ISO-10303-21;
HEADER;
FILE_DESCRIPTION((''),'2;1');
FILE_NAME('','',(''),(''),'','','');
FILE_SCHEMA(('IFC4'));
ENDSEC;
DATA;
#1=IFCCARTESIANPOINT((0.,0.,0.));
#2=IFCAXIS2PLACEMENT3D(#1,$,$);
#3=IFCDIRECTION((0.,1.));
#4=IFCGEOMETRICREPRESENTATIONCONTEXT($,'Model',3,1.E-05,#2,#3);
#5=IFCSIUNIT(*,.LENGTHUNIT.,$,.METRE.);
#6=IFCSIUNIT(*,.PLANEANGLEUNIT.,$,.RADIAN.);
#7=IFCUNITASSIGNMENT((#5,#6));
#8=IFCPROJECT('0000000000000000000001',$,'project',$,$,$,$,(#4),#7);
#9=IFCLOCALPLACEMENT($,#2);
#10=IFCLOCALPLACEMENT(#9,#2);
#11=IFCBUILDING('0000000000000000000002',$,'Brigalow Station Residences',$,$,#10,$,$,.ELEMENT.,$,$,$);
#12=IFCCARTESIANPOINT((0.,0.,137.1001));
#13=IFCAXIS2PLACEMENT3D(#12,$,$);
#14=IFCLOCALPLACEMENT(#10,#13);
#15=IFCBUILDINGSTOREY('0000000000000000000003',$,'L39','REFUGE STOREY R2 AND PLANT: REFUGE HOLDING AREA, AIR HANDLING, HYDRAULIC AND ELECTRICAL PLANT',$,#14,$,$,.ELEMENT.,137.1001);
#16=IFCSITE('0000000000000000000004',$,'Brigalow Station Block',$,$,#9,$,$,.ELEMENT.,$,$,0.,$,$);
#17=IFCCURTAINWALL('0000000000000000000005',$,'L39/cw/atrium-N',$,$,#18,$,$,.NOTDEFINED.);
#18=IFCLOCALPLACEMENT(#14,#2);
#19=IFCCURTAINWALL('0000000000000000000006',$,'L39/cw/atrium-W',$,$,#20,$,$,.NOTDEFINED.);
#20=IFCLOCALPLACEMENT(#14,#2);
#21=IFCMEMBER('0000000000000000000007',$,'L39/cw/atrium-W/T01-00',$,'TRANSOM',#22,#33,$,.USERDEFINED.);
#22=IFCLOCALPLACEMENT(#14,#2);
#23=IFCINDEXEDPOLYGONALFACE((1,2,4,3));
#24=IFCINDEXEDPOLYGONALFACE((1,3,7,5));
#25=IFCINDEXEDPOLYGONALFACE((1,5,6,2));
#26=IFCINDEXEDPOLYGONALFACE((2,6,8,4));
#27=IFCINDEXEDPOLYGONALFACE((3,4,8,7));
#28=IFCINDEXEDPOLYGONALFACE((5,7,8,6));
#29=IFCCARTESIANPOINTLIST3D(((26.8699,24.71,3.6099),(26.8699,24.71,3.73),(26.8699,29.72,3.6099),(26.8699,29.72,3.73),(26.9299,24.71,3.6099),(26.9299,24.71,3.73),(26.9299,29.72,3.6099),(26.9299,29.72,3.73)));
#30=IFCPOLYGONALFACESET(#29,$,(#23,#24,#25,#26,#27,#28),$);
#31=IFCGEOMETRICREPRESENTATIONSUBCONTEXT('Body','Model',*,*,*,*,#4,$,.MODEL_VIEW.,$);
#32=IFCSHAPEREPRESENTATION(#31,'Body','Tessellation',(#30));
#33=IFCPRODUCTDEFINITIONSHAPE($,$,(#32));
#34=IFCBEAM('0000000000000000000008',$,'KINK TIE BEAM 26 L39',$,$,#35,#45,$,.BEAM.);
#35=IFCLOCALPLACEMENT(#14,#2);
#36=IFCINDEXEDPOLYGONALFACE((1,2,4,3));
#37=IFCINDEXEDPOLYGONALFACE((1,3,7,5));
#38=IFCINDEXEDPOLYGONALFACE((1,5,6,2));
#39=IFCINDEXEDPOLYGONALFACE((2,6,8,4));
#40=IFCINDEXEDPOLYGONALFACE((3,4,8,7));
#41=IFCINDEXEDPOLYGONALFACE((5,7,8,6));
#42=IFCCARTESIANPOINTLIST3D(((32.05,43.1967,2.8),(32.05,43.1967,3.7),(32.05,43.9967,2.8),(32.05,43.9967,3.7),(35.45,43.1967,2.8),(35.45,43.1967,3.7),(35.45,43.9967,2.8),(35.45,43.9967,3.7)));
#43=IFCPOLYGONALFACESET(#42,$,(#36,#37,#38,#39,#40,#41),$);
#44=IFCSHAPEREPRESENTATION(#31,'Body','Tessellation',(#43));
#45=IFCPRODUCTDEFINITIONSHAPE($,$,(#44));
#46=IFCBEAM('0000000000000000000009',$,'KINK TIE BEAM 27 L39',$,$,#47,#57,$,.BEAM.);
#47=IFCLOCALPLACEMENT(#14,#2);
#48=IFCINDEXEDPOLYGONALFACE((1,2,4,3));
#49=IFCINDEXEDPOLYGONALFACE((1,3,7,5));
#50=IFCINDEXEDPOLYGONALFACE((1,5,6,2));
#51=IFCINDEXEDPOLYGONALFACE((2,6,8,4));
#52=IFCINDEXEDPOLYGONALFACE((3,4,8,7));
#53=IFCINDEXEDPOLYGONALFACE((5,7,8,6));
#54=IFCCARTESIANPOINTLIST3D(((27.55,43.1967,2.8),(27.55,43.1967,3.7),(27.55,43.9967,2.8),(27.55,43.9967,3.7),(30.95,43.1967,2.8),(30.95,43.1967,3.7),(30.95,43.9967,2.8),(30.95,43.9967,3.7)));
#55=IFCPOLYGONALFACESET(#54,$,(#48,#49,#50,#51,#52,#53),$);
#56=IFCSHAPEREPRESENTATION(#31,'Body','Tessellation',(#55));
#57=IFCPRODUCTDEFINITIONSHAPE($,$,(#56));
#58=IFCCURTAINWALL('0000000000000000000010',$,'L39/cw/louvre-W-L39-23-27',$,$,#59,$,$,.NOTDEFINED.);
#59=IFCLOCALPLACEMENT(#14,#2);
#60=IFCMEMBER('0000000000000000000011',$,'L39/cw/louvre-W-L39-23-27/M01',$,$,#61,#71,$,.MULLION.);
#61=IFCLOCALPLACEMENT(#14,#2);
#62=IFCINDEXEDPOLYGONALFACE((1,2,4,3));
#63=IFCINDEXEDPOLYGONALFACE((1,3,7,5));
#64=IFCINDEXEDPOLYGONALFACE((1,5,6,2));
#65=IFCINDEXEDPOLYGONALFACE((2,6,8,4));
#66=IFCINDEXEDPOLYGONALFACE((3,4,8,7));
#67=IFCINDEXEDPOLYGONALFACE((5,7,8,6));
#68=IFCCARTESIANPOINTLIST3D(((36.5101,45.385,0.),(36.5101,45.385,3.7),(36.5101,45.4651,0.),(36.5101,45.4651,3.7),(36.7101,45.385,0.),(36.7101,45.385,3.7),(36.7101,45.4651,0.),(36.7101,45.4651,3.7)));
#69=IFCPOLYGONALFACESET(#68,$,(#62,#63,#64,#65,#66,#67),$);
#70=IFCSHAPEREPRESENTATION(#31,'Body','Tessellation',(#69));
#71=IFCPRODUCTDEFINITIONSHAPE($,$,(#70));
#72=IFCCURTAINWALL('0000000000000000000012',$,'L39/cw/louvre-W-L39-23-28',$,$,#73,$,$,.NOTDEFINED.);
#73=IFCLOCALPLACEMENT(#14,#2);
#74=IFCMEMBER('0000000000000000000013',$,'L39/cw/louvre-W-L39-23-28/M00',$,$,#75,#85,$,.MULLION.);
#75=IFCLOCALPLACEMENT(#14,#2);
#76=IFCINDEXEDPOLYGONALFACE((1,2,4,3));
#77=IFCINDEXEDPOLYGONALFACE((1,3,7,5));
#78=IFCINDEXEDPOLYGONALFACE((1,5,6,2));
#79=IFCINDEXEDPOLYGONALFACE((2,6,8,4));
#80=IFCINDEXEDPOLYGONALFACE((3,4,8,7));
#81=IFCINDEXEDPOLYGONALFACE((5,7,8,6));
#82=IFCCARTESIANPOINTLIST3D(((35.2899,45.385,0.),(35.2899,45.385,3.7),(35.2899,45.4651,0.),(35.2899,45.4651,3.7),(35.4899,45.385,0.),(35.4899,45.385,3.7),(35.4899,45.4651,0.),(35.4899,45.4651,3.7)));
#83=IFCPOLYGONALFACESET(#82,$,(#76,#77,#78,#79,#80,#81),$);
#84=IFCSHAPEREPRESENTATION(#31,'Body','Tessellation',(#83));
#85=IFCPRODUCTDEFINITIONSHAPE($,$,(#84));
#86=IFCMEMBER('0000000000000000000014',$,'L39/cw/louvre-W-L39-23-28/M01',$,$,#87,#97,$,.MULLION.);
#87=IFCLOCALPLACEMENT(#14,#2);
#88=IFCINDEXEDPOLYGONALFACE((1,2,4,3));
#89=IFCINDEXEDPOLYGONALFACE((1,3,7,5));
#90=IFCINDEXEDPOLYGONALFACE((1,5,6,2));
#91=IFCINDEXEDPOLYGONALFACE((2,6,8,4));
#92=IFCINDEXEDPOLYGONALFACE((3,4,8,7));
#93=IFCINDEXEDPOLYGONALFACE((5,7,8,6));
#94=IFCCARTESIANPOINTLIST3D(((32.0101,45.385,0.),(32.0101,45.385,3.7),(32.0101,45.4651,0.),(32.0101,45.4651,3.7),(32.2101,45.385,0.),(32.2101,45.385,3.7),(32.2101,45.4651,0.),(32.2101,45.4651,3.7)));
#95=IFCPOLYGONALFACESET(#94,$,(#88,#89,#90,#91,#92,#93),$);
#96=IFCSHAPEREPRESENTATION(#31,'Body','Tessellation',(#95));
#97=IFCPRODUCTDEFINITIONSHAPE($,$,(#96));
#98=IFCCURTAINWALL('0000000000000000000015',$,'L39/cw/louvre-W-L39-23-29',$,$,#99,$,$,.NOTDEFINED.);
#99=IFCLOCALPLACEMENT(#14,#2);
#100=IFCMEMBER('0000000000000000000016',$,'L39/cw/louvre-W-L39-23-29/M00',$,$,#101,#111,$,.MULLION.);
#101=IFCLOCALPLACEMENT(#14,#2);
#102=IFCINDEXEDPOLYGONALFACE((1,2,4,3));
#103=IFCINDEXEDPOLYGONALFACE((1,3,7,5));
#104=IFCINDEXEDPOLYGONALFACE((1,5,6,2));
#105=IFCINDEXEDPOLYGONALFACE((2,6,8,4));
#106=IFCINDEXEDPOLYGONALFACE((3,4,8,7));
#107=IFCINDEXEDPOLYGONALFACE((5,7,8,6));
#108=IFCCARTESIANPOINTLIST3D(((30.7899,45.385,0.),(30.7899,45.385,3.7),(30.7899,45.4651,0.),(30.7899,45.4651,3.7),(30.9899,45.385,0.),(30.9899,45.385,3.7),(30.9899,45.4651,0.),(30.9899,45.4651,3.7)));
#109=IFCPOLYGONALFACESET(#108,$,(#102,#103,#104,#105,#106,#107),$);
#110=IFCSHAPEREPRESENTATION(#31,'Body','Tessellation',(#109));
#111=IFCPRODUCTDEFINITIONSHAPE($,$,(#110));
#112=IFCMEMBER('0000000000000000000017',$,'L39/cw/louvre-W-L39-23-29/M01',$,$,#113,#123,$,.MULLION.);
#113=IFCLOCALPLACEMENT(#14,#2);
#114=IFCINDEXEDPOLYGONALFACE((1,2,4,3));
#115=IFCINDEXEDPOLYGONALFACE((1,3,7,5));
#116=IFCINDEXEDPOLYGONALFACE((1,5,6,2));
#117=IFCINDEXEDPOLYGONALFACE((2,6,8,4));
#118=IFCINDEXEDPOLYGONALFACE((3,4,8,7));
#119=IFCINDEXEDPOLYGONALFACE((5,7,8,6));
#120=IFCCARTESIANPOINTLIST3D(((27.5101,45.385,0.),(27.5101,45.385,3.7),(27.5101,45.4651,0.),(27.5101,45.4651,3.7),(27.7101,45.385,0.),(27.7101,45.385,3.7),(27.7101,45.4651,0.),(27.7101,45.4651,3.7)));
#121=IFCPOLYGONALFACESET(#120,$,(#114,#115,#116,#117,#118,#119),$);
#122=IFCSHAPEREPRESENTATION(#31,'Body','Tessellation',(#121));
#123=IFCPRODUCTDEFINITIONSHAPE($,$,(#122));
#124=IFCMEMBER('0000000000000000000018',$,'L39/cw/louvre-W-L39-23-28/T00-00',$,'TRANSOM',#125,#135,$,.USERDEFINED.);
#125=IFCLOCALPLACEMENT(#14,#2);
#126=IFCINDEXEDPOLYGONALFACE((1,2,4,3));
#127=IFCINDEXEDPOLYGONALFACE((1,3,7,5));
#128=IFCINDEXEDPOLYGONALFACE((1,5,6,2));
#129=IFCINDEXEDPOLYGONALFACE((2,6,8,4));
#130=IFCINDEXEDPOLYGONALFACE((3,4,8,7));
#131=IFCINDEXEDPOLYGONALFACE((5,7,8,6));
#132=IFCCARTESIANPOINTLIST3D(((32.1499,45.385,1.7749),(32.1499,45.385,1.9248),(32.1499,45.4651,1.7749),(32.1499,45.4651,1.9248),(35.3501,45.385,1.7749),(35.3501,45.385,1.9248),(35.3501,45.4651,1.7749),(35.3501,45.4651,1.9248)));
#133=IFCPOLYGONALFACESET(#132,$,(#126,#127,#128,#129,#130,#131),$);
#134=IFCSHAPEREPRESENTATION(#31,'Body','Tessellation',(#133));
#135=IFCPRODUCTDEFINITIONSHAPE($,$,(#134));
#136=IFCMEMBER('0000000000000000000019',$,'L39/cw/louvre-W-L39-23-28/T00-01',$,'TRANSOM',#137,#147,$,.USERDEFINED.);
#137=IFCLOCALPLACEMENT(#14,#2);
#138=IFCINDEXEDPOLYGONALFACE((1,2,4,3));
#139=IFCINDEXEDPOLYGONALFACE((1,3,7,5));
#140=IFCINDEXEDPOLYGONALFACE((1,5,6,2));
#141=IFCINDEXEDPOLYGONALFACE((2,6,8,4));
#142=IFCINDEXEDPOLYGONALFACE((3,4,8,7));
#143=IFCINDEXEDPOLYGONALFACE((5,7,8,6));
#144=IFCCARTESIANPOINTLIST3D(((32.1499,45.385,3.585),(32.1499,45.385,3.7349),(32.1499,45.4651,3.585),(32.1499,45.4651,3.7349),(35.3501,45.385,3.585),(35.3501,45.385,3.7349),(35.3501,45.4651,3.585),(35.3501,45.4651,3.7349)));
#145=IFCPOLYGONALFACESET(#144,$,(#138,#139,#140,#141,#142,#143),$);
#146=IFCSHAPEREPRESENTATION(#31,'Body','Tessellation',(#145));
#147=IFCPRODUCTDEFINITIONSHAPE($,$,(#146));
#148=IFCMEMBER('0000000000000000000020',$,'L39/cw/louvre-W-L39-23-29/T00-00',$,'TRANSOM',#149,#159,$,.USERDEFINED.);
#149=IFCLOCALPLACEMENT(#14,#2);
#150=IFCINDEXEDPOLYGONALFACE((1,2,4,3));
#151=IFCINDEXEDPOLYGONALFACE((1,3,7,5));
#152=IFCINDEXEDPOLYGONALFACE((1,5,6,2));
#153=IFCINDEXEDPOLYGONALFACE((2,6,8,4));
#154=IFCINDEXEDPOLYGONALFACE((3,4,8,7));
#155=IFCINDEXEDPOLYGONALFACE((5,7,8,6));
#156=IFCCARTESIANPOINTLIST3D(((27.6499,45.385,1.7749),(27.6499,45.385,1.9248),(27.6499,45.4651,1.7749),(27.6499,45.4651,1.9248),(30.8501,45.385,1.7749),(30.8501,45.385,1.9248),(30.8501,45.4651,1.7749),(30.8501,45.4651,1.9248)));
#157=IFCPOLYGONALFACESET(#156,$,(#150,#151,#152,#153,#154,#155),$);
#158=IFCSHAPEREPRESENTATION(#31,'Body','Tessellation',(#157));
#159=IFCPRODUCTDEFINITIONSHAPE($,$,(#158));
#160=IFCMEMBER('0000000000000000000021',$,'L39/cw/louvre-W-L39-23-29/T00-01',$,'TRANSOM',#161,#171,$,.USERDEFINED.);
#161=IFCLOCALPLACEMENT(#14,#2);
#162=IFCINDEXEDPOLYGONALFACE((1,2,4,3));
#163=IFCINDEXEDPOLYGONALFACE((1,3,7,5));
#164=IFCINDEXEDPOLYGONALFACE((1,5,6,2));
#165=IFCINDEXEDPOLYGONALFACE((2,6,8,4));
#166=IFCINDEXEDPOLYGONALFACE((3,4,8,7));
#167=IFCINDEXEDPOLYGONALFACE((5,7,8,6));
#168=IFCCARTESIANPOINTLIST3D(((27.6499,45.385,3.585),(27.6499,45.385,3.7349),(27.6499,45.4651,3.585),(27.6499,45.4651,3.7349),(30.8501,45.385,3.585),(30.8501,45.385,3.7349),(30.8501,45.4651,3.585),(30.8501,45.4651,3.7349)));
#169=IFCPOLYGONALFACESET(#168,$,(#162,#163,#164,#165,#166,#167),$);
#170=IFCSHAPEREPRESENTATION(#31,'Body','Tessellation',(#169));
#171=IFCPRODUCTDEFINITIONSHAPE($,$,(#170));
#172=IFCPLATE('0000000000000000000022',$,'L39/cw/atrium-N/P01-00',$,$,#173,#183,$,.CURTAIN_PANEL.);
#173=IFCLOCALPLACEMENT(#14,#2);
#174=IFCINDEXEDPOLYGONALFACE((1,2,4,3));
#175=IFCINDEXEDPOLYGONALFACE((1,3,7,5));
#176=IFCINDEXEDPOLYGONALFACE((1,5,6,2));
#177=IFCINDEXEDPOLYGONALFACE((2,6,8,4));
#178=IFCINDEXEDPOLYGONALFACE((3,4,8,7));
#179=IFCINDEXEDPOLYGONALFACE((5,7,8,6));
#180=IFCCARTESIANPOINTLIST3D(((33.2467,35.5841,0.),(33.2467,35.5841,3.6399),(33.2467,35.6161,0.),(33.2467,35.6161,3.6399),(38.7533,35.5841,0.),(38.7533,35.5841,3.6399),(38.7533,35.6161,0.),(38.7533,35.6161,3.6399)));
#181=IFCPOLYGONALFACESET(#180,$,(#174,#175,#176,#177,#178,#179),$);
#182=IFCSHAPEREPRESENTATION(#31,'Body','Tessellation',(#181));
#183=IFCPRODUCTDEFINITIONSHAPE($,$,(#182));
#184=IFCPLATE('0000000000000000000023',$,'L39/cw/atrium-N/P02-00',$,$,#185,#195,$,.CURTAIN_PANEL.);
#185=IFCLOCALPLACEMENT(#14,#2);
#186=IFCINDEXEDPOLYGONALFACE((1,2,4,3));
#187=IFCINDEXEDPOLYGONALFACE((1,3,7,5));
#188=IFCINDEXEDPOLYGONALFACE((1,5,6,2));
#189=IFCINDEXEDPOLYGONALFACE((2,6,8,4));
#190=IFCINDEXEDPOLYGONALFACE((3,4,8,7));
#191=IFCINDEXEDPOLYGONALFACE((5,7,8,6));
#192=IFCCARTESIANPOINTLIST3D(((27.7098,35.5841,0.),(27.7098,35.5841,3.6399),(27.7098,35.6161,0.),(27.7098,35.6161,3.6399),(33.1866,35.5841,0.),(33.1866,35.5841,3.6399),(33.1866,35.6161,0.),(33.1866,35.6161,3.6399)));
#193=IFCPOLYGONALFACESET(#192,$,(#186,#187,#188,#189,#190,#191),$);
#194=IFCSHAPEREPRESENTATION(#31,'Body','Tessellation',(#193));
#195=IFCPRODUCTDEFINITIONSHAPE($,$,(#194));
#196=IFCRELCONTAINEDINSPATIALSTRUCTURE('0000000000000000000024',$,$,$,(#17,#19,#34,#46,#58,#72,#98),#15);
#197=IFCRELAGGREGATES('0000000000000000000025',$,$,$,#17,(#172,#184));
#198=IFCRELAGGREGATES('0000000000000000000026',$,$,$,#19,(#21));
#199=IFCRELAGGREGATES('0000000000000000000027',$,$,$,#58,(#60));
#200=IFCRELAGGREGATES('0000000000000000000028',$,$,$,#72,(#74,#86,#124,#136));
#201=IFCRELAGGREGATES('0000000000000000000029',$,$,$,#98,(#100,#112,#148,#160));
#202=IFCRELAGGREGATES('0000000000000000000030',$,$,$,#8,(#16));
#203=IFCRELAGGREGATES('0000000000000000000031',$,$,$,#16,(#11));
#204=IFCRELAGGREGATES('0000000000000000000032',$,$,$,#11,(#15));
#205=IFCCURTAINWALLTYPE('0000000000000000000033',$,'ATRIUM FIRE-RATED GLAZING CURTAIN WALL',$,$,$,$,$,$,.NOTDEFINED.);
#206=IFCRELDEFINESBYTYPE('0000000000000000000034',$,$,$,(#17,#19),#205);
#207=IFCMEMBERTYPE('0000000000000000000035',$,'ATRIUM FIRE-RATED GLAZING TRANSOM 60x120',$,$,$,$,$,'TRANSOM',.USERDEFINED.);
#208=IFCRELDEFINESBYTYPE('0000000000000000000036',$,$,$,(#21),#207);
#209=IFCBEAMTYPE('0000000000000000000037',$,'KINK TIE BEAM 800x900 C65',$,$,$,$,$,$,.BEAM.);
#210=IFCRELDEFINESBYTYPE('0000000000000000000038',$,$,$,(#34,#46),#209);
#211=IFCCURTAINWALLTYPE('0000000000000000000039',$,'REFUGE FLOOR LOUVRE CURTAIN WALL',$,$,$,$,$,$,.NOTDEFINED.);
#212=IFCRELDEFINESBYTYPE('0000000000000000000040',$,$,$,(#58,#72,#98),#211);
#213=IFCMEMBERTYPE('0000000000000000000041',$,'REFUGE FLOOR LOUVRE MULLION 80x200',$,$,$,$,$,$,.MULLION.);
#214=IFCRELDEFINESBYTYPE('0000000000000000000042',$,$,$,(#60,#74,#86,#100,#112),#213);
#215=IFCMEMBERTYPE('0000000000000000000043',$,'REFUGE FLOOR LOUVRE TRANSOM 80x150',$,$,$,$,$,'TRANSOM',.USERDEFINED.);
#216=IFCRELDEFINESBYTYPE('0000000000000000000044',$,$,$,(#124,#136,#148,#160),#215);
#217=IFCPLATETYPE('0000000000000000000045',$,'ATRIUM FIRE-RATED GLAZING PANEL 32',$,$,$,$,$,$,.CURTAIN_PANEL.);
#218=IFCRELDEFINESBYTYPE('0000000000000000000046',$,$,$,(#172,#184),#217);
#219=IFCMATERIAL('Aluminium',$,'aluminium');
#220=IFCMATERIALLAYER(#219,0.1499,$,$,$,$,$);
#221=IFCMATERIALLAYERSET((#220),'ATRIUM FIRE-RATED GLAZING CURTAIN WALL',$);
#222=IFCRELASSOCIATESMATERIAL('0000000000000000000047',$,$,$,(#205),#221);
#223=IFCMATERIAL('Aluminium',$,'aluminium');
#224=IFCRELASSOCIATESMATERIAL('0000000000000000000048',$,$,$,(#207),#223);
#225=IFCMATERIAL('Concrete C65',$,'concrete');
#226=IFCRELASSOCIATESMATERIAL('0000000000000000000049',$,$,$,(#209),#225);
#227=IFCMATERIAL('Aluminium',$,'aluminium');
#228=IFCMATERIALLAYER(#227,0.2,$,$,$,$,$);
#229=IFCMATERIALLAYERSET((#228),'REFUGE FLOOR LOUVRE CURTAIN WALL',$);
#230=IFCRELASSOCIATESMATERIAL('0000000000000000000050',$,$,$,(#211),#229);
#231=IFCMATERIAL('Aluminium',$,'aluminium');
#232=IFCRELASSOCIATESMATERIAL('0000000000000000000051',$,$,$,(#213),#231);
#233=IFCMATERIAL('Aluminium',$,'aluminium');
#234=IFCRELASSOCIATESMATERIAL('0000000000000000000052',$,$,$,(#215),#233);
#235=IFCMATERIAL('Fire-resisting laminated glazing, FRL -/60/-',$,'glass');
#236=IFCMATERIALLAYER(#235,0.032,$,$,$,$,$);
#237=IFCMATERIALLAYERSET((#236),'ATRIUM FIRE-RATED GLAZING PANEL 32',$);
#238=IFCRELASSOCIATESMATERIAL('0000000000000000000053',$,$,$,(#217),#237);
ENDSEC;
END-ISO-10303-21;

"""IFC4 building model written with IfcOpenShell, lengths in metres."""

from ifc_helpers import new_model, si_unit, direction, frame, origin, origin_2d, place, context, subcontext, project, spatial, rectangle, extrude, material, layer, layer_set, material_profile, profile_set, type_object, element, aggregate, save


model = new_model("IFC4")

# Units and contexts
model_context = context("Model", 3, precision=1e-05, world=origin(), true_north=direction((0.0, 1.0)))
body_context = subcontext(model_context, "Body", "Model", "MODEL_VIEW")
ifc_project = project(units=[si_unit("LENGTHUNIT", "METRE"), si_unit("PLANEANGLEUNIT", "RADIAN")], contexts=[model_context])

# Site, building, storey
site_placement = place(None, origin())
site = spatial("IfcSite", under=ifc_project, at=site_placement, Name="Brigalow Station Block", CompositionType="ELEMENT", RefElevation=0.0)
building_placement = place(site_placement, origin())
building = spatial("IfcBuilding", under=site, at=building_placement, Name="Brigalow Station Residences", CompositionType="ELEMENT")
storey_placement = place(building_placement, frame((0.0, 0.0, 137.1001)))
storey = spatial("IfcBuildingStorey", under=building, at=storey_placement, Name="L39", Description="REFUGE STOREY R2 AND PLANT: REFUGE HOLDING AREA, AIR HANDLING, HYDRAULIC AND ELECTRICAL PLANT", CompositionType="ELEMENT", Elevation=137.1001)

# Curtain walls
ifc_material_1 = material(Name="Aluminium", Category="aluminium")
ifc_layer_1 = layer(ifc_material_1, 0.1499)
ifc_layer_set_1 = layer_set([ifc_layer_1], Name="ATRIUM FIRE-RATED GLAZING CURTAIN WALL")
curtain_wall_type_1 = type_object("IfcCurtainWallType", Name="ATRIUM FIRE-RATED GLAZING CURTAIN WALL", PredefinedType="NOTDEFINED", material=ifc_layer_set_1)
curtain_wall_1_placement = place(storey_placement, origin())
curtain_wall_1 = element("IfcCurtainWall", 1, at=curtain_wall_1_placement, inside=storey, type_object=curtain_wall_type_1, Name="L39/cw/atrium-N", PredefinedType="NOTDEFINED")
curtain_wall_2_placement = place(storey_placement, origin())
curtain_wall_2 = element("IfcCurtainWall", 2, at=curtain_wall_2_placement, inside=storey, type_object=curtain_wall_type_1, Name="L39/cw/atrium-W", PredefinedType="NOTDEFINED")

# Member
ifc_material_2 = material(Name="Aluminium", Category="aluminium")
ifc_material_profile_1 = material_profile(ifc_material_2, rectangle(XDim=0.0601, YDim=0.1201, at=origin_2d()), Name="ATRIUM FIRE-RATED GLAZING TRANSOM 60x120")
ifc_profile_set_1 = profile_set([ifc_material_profile_1], Name="Aluminium")
member_type_1 = type_object("IfcMemberType", Name="ATRIUM FIRE-RATED GLAZING TRANSOM 60x120", ElementType="TRANSOM", PredefinedType="USERDEFINED", material=ifc_profile_set_1)
member_1_placement = place(storey_placement, frame((26.8999, 29.72, 3.6699), z_axis=(0.0, -1.0, 0.0), x_axis=(1.0, 0.0, 0.0)))
member_1 = element("IfcMember", 3, at=member_1_placement, type_object=member_type_1, Name="L39/cw/atrium-W/T01-00", ObjectType="TRANSOM", PredefinedType="USERDEFINED", context=body_context, shape_type="SweptSolid", body=[
    extrude(rectangle(XDim=0.0601, YDim=0.1201, at=origin_2d()), origin(), (0.0, 0.0, 1.0), 5.01),
])

# Beams
ifc_material_3 = material(Name="Concrete C65", Category="concrete")
ifc_material_profile_2 = material_profile(ifc_material_3, rectangle(XDim=0.8, YDim=0.8999, at=origin_2d()), Name="RC800x900")
ifc_profile_set_2 = profile_set([ifc_material_profile_2], Name="Concrete C65")
beam_type_1 = type_object("IfcBeamType", Name="KINK TIE BEAM 800x900 C65", PredefinedType="BEAM", material=ifc_profile_set_2)
for number, where, z_axis, x_axis, name in (
    (4, (35.45, 43.5967, 3.25), (-1.0, 0.0, 0.0), (0.0, -1.0, 0.0), "KINK TIE BEAM 26 L39"),
    (5, (30.95, 43.5967, 3.25), (-1.0, 0.0, 0.0), (0.0, -1.0, 0.0), "KINK TIE BEAM 27 L39"),
):
    element("IfcBeam", number, at=place(storey_placement, frame(where, z_axis=z_axis, x_axis=x_axis)), inside=storey, type_object=beam_type_1, Name=name, PredefinedType="BEAM", context=body_context, shape_type="SweptSolid", body=[
        extrude(rectangle(XDim=0.8, YDim=0.8999, at=origin_2d()), origin(), (0.0, 0.0, 1.0), 3.3999),
    ])

# Curtain wall, member
ifc_material_4 = material(Name="Aluminium", Category="aluminium")
ifc_layer_2 = layer(ifc_material_4, 0.2)
ifc_layer_set_2 = layer_set([ifc_layer_2], Name="REFUGE FLOOR LOUVRE CURTAIN WALL")
curtain_wall_type_2 = type_object("IfcCurtainWallType", Name="REFUGE FLOOR LOUVRE CURTAIN WALL", PredefinedType="NOTDEFINED", material=ifc_layer_set_2)
curtain_wall_3_placement = place(storey_placement, origin())
curtain_wall_3 = element("IfcCurtainWall", 6, at=curtain_wall_3_placement, inside=storey, type_object=curtain_wall_type_2, Name="L39/cw/louvre-W-L39-23-27", PredefinedType="NOTDEFINED")
ifc_material_5 = material(Name="Aluminium", Category="aluminium")
ifc_material_profile_3 = material_profile(ifc_material_5, rectangle(XDim=0.0801, YDim=0.2, at=origin_2d()), Name="REFUGE FLOOR LOUVRE MULLION 80x200")
ifc_profile_set_3 = profile_set([ifc_material_profile_3], Name="Aluminium")
member_type_2 = type_object("IfcMemberType", Name="REFUGE FLOOR LOUVRE MULLION 80x200", PredefinedType="MULLION", material=ifc_profile_set_3)
member_2_placement = place(storey_placement, frame((36.6101, 45.425, 0.0), z_axis=(0.0, 0.0, 1.0), x_axis=(0.0, -1.0, 0.0)))
member_2 = element("IfcMember", 7, at=member_2_placement, type_object=member_type_2, Name="L39/cw/louvre-W-L39-23-27/M01", PredefinedType="MULLION", context=body_context, shape_type="SweptSolid", body=[
    extrude(rectangle(XDim=0.0801, YDim=0.2, at=origin_2d()), origin(), (0.0, 0.0, 1.0), 3.7),
])

# Curtain walls, members
curtain_wall_4_placement = place(storey_placement, origin())
curtain_wall_4 = element("IfcCurtainWall", 8, at=curtain_wall_4_placement, inside=storey, type_object=curtain_wall_type_2, Name="L39/cw/louvre-W-L39-23-28", PredefinedType="NOTDEFINED")
member_3_placement = place(storey_placement, frame((35.3899, 45.425, 0.0), z_axis=(0.0, 0.0, 1.0), x_axis=(0.0, -1.0, 0.0)))
member_3 = element("IfcMember", 9, at=member_3_placement, type_object=member_type_2, Name="L39/cw/louvre-W-L39-23-28/M00", PredefinedType="MULLION", context=body_context, shape_type="SweptSolid", body=[
    extrude(rectangle(XDim=0.0801, YDim=0.2, at=origin_2d()), origin(), (0.0, 0.0, 1.0), 3.7),
])
member_4_placement = place(storey_placement, frame((32.1101, 45.425, 0.0), z_axis=(0.0, 0.0, 1.0), x_axis=(0.0, -1.0, 0.0)))
member_4 = element("IfcMember", 10, at=member_4_placement, type_object=member_type_2, Name="L39/cw/louvre-W-L39-23-28/M01", PredefinedType="MULLION", context=body_context, shape_type="SweptSolid", body=[
    extrude(rectangle(XDim=0.0801, YDim=0.2, at=origin_2d()), origin(), (0.0, 0.0, 1.0), 3.7),
])
curtain_wall_5_placement = place(storey_placement, origin())
curtain_wall_5 = element("IfcCurtainWall", 11, at=curtain_wall_5_placement, inside=storey, type_object=curtain_wall_type_2, Name="L39/cw/louvre-W-L39-23-29", PredefinedType="NOTDEFINED")
member_5_placement = place(storey_placement, frame((30.8899, 45.425, 0.0), z_axis=(0.0, 0.0, 1.0), x_axis=(0.0, -1.0, 0.0)))
member_5 = element("IfcMember", 12, at=member_5_placement, type_object=member_type_2, Name="L39/cw/louvre-W-L39-23-29/M00", PredefinedType="MULLION", context=body_context, shape_type="SweptSolid", body=[
    extrude(rectangle(XDim=0.0801, YDim=0.2, at=origin_2d()), origin(), (0.0, 0.0, 1.0), 3.7),
])
member_6_placement = place(storey_placement, frame((27.6101, 45.425, 0.0), z_axis=(0.0, 0.0, 1.0), x_axis=(0.0, -1.0, 0.0)))
member_6 = element("IfcMember", 13, at=member_6_placement, type_object=member_type_2, Name="L39/cw/louvre-W-L39-23-29/M01", PredefinedType="MULLION", context=body_context, shape_type="SweptSolid", body=[
    extrude(rectangle(XDim=0.0801, YDim=0.2, at=origin_2d()), origin(), (0.0, 0.0, 1.0), 3.7),
])

# Members
ifc_material_6 = material(Name="Aluminium", Category="aluminium")
ifc_material_profile_4 = material_profile(ifc_material_6, rectangle(XDim=0.0801, YDim=0.1499, at=origin_2d()), Name="REFUGE FLOOR LOUVRE TRANSOM 80x150")
ifc_profile_set_4 = profile_set([ifc_material_profile_4], Name="Aluminium")
member_type_3 = type_object("IfcMemberType", Name="REFUGE FLOOR LOUVRE TRANSOM 80x150", ElementType="TRANSOM", PredefinedType="USERDEFINED", material=ifc_profile_set_4)
member_7_placement = place(storey_placement, frame((35.3501, 45.425, 1.8499), z_axis=(-1.0, 0.0, 0.0), x_axis=(0.0, -1.0, 0.0)))
member_7 = element("IfcMember", 14, at=member_7_placement, type_object=member_type_3, Name="L39/cw/louvre-W-L39-23-28/T00-00", ObjectType="TRANSOM", PredefinedType="USERDEFINED", context=body_context, shape_type="SweptSolid", body=[
    extrude(rectangle(XDim=0.0801, YDim=0.1499, at=origin_2d()), origin(), (0.0, 0.0, 1.0), 3.2002),
])
member_8_placement = place(storey_placement, frame((35.3501, 45.425, 3.6599), z_axis=(-1.0, 0.0, 0.0), x_axis=(0.0, -1.0, 0.0)))
member_8 = element("IfcMember", 15, at=member_8_placement, type_object=member_type_3, Name="L39/cw/louvre-W-L39-23-28/T00-01", ObjectType="TRANSOM", PredefinedType="USERDEFINED", context=body_context, shape_type="SweptSolid", body=[
    extrude(rectangle(XDim=0.0801, YDim=0.1499, at=origin_2d()), origin(), (0.0, 0.0, 1.0), 3.2002),
])
member_9_placement = place(storey_placement, frame((30.8501, 45.425, 1.8499), z_axis=(-1.0, 0.0, 0.0), x_axis=(0.0, -1.0, 0.0)))
member_9 = element("IfcMember", 16, at=member_9_placement, type_object=member_type_3, Name="L39/cw/louvre-W-L39-23-29/T00-00", ObjectType="TRANSOM", PredefinedType="USERDEFINED", context=body_context, shape_type="SweptSolid", body=[
    extrude(rectangle(XDim=0.0801, YDim=0.1499, at=origin_2d()), origin(), (0.0, 0.0, 1.0), 3.2002),
])
member_10_placement = place(storey_placement, frame((30.8501, 45.425, 3.6599), z_axis=(-1.0, 0.0, 0.0), x_axis=(0.0, -1.0, 0.0)))
member_10 = element("IfcMember", 17, at=member_10_placement, type_object=member_type_3, Name="L39/cw/louvre-W-L39-23-29/T00-01", ObjectType="TRANSOM", PredefinedType="USERDEFINED", context=body_context, shape_type="SweptSolid", body=[
    extrude(rectangle(XDim=0.0801, YDim=0.1499, at=origin_2d()), origin(), (0.0, 0.0, 1.0), 3.2002),
])

# Plates
ifc_material_7 = material(Name="Fire-resisting laminated glazing, FRL -/60/-", Category="glass")
ifc_layer_3 = layer(ifc_material_7, 0.032)
ifc_layer_set_3 = layer_set([ifc_layer_3], Name="ATRIUM FIRE-RATED GLAZING PANEL 32")
plate_type_1 = type_object("IfcPlateType", Name="ATRIUM FIRE-RATED GLAZING PANEL 32", PredefinedType="CURTAIN_PANEL", material=ifc_layer_set_3)
plate_1_placement = place(storey_placement, frame((36.0, 35.6001, 0.0), z_axis=(0.0, 0.0, 1.0), x_axis=(-1.0, 0.0, 0.0)))
plate_1 = element("IfcPlate", 18, at=plate_1_placement, type_object=plate_type_1, Name="L39/cw/atrium-N/P01-00", PredefinedType="CURTAIN_PANEL", context=body_context, shape_type="SweptSolid", body=[
    extrude(rectangle(XDim=5.5066, YDim=0.032, at=origin_2d()), origin(), (0.0, 0.0, 1.0), 3.6399),
])
plate_2_placement = place(storey_placement, frame((30.4482, 35.6001, 0.0), z_axis=(0.0, 0.0, 1.0), x_axis=(-1.0, 0.0, 0.0)))
plate_2 = element("IfcPlate", 19, at=plate_2_placement, type_object=plate_type_1, Name="L39/cw/atrium-N/P02-00", PredefinedType="CURTAIN_PANEL", context=body_context, shape_type="SweptSolid", body=[
    extrude(rectangle(XDim=5.4768, YDim=0.032, at=origin_2d()), origin(), (0.0, 0.0, 1.0), 3.6399),
])
aggregate(curtain_wall_1, [plate_1, plate_2])
aggregate(curtain_wall_2, [member_1])
aggregate(curtain_wall_3, [member_2])
aggregate(curtain_wall_4, [member_3, member_4, member_7, member_8])
aggregate(curtain_wall_5, [member_5, member_6, member_9, member_10])

save(model, "model.ifc")
